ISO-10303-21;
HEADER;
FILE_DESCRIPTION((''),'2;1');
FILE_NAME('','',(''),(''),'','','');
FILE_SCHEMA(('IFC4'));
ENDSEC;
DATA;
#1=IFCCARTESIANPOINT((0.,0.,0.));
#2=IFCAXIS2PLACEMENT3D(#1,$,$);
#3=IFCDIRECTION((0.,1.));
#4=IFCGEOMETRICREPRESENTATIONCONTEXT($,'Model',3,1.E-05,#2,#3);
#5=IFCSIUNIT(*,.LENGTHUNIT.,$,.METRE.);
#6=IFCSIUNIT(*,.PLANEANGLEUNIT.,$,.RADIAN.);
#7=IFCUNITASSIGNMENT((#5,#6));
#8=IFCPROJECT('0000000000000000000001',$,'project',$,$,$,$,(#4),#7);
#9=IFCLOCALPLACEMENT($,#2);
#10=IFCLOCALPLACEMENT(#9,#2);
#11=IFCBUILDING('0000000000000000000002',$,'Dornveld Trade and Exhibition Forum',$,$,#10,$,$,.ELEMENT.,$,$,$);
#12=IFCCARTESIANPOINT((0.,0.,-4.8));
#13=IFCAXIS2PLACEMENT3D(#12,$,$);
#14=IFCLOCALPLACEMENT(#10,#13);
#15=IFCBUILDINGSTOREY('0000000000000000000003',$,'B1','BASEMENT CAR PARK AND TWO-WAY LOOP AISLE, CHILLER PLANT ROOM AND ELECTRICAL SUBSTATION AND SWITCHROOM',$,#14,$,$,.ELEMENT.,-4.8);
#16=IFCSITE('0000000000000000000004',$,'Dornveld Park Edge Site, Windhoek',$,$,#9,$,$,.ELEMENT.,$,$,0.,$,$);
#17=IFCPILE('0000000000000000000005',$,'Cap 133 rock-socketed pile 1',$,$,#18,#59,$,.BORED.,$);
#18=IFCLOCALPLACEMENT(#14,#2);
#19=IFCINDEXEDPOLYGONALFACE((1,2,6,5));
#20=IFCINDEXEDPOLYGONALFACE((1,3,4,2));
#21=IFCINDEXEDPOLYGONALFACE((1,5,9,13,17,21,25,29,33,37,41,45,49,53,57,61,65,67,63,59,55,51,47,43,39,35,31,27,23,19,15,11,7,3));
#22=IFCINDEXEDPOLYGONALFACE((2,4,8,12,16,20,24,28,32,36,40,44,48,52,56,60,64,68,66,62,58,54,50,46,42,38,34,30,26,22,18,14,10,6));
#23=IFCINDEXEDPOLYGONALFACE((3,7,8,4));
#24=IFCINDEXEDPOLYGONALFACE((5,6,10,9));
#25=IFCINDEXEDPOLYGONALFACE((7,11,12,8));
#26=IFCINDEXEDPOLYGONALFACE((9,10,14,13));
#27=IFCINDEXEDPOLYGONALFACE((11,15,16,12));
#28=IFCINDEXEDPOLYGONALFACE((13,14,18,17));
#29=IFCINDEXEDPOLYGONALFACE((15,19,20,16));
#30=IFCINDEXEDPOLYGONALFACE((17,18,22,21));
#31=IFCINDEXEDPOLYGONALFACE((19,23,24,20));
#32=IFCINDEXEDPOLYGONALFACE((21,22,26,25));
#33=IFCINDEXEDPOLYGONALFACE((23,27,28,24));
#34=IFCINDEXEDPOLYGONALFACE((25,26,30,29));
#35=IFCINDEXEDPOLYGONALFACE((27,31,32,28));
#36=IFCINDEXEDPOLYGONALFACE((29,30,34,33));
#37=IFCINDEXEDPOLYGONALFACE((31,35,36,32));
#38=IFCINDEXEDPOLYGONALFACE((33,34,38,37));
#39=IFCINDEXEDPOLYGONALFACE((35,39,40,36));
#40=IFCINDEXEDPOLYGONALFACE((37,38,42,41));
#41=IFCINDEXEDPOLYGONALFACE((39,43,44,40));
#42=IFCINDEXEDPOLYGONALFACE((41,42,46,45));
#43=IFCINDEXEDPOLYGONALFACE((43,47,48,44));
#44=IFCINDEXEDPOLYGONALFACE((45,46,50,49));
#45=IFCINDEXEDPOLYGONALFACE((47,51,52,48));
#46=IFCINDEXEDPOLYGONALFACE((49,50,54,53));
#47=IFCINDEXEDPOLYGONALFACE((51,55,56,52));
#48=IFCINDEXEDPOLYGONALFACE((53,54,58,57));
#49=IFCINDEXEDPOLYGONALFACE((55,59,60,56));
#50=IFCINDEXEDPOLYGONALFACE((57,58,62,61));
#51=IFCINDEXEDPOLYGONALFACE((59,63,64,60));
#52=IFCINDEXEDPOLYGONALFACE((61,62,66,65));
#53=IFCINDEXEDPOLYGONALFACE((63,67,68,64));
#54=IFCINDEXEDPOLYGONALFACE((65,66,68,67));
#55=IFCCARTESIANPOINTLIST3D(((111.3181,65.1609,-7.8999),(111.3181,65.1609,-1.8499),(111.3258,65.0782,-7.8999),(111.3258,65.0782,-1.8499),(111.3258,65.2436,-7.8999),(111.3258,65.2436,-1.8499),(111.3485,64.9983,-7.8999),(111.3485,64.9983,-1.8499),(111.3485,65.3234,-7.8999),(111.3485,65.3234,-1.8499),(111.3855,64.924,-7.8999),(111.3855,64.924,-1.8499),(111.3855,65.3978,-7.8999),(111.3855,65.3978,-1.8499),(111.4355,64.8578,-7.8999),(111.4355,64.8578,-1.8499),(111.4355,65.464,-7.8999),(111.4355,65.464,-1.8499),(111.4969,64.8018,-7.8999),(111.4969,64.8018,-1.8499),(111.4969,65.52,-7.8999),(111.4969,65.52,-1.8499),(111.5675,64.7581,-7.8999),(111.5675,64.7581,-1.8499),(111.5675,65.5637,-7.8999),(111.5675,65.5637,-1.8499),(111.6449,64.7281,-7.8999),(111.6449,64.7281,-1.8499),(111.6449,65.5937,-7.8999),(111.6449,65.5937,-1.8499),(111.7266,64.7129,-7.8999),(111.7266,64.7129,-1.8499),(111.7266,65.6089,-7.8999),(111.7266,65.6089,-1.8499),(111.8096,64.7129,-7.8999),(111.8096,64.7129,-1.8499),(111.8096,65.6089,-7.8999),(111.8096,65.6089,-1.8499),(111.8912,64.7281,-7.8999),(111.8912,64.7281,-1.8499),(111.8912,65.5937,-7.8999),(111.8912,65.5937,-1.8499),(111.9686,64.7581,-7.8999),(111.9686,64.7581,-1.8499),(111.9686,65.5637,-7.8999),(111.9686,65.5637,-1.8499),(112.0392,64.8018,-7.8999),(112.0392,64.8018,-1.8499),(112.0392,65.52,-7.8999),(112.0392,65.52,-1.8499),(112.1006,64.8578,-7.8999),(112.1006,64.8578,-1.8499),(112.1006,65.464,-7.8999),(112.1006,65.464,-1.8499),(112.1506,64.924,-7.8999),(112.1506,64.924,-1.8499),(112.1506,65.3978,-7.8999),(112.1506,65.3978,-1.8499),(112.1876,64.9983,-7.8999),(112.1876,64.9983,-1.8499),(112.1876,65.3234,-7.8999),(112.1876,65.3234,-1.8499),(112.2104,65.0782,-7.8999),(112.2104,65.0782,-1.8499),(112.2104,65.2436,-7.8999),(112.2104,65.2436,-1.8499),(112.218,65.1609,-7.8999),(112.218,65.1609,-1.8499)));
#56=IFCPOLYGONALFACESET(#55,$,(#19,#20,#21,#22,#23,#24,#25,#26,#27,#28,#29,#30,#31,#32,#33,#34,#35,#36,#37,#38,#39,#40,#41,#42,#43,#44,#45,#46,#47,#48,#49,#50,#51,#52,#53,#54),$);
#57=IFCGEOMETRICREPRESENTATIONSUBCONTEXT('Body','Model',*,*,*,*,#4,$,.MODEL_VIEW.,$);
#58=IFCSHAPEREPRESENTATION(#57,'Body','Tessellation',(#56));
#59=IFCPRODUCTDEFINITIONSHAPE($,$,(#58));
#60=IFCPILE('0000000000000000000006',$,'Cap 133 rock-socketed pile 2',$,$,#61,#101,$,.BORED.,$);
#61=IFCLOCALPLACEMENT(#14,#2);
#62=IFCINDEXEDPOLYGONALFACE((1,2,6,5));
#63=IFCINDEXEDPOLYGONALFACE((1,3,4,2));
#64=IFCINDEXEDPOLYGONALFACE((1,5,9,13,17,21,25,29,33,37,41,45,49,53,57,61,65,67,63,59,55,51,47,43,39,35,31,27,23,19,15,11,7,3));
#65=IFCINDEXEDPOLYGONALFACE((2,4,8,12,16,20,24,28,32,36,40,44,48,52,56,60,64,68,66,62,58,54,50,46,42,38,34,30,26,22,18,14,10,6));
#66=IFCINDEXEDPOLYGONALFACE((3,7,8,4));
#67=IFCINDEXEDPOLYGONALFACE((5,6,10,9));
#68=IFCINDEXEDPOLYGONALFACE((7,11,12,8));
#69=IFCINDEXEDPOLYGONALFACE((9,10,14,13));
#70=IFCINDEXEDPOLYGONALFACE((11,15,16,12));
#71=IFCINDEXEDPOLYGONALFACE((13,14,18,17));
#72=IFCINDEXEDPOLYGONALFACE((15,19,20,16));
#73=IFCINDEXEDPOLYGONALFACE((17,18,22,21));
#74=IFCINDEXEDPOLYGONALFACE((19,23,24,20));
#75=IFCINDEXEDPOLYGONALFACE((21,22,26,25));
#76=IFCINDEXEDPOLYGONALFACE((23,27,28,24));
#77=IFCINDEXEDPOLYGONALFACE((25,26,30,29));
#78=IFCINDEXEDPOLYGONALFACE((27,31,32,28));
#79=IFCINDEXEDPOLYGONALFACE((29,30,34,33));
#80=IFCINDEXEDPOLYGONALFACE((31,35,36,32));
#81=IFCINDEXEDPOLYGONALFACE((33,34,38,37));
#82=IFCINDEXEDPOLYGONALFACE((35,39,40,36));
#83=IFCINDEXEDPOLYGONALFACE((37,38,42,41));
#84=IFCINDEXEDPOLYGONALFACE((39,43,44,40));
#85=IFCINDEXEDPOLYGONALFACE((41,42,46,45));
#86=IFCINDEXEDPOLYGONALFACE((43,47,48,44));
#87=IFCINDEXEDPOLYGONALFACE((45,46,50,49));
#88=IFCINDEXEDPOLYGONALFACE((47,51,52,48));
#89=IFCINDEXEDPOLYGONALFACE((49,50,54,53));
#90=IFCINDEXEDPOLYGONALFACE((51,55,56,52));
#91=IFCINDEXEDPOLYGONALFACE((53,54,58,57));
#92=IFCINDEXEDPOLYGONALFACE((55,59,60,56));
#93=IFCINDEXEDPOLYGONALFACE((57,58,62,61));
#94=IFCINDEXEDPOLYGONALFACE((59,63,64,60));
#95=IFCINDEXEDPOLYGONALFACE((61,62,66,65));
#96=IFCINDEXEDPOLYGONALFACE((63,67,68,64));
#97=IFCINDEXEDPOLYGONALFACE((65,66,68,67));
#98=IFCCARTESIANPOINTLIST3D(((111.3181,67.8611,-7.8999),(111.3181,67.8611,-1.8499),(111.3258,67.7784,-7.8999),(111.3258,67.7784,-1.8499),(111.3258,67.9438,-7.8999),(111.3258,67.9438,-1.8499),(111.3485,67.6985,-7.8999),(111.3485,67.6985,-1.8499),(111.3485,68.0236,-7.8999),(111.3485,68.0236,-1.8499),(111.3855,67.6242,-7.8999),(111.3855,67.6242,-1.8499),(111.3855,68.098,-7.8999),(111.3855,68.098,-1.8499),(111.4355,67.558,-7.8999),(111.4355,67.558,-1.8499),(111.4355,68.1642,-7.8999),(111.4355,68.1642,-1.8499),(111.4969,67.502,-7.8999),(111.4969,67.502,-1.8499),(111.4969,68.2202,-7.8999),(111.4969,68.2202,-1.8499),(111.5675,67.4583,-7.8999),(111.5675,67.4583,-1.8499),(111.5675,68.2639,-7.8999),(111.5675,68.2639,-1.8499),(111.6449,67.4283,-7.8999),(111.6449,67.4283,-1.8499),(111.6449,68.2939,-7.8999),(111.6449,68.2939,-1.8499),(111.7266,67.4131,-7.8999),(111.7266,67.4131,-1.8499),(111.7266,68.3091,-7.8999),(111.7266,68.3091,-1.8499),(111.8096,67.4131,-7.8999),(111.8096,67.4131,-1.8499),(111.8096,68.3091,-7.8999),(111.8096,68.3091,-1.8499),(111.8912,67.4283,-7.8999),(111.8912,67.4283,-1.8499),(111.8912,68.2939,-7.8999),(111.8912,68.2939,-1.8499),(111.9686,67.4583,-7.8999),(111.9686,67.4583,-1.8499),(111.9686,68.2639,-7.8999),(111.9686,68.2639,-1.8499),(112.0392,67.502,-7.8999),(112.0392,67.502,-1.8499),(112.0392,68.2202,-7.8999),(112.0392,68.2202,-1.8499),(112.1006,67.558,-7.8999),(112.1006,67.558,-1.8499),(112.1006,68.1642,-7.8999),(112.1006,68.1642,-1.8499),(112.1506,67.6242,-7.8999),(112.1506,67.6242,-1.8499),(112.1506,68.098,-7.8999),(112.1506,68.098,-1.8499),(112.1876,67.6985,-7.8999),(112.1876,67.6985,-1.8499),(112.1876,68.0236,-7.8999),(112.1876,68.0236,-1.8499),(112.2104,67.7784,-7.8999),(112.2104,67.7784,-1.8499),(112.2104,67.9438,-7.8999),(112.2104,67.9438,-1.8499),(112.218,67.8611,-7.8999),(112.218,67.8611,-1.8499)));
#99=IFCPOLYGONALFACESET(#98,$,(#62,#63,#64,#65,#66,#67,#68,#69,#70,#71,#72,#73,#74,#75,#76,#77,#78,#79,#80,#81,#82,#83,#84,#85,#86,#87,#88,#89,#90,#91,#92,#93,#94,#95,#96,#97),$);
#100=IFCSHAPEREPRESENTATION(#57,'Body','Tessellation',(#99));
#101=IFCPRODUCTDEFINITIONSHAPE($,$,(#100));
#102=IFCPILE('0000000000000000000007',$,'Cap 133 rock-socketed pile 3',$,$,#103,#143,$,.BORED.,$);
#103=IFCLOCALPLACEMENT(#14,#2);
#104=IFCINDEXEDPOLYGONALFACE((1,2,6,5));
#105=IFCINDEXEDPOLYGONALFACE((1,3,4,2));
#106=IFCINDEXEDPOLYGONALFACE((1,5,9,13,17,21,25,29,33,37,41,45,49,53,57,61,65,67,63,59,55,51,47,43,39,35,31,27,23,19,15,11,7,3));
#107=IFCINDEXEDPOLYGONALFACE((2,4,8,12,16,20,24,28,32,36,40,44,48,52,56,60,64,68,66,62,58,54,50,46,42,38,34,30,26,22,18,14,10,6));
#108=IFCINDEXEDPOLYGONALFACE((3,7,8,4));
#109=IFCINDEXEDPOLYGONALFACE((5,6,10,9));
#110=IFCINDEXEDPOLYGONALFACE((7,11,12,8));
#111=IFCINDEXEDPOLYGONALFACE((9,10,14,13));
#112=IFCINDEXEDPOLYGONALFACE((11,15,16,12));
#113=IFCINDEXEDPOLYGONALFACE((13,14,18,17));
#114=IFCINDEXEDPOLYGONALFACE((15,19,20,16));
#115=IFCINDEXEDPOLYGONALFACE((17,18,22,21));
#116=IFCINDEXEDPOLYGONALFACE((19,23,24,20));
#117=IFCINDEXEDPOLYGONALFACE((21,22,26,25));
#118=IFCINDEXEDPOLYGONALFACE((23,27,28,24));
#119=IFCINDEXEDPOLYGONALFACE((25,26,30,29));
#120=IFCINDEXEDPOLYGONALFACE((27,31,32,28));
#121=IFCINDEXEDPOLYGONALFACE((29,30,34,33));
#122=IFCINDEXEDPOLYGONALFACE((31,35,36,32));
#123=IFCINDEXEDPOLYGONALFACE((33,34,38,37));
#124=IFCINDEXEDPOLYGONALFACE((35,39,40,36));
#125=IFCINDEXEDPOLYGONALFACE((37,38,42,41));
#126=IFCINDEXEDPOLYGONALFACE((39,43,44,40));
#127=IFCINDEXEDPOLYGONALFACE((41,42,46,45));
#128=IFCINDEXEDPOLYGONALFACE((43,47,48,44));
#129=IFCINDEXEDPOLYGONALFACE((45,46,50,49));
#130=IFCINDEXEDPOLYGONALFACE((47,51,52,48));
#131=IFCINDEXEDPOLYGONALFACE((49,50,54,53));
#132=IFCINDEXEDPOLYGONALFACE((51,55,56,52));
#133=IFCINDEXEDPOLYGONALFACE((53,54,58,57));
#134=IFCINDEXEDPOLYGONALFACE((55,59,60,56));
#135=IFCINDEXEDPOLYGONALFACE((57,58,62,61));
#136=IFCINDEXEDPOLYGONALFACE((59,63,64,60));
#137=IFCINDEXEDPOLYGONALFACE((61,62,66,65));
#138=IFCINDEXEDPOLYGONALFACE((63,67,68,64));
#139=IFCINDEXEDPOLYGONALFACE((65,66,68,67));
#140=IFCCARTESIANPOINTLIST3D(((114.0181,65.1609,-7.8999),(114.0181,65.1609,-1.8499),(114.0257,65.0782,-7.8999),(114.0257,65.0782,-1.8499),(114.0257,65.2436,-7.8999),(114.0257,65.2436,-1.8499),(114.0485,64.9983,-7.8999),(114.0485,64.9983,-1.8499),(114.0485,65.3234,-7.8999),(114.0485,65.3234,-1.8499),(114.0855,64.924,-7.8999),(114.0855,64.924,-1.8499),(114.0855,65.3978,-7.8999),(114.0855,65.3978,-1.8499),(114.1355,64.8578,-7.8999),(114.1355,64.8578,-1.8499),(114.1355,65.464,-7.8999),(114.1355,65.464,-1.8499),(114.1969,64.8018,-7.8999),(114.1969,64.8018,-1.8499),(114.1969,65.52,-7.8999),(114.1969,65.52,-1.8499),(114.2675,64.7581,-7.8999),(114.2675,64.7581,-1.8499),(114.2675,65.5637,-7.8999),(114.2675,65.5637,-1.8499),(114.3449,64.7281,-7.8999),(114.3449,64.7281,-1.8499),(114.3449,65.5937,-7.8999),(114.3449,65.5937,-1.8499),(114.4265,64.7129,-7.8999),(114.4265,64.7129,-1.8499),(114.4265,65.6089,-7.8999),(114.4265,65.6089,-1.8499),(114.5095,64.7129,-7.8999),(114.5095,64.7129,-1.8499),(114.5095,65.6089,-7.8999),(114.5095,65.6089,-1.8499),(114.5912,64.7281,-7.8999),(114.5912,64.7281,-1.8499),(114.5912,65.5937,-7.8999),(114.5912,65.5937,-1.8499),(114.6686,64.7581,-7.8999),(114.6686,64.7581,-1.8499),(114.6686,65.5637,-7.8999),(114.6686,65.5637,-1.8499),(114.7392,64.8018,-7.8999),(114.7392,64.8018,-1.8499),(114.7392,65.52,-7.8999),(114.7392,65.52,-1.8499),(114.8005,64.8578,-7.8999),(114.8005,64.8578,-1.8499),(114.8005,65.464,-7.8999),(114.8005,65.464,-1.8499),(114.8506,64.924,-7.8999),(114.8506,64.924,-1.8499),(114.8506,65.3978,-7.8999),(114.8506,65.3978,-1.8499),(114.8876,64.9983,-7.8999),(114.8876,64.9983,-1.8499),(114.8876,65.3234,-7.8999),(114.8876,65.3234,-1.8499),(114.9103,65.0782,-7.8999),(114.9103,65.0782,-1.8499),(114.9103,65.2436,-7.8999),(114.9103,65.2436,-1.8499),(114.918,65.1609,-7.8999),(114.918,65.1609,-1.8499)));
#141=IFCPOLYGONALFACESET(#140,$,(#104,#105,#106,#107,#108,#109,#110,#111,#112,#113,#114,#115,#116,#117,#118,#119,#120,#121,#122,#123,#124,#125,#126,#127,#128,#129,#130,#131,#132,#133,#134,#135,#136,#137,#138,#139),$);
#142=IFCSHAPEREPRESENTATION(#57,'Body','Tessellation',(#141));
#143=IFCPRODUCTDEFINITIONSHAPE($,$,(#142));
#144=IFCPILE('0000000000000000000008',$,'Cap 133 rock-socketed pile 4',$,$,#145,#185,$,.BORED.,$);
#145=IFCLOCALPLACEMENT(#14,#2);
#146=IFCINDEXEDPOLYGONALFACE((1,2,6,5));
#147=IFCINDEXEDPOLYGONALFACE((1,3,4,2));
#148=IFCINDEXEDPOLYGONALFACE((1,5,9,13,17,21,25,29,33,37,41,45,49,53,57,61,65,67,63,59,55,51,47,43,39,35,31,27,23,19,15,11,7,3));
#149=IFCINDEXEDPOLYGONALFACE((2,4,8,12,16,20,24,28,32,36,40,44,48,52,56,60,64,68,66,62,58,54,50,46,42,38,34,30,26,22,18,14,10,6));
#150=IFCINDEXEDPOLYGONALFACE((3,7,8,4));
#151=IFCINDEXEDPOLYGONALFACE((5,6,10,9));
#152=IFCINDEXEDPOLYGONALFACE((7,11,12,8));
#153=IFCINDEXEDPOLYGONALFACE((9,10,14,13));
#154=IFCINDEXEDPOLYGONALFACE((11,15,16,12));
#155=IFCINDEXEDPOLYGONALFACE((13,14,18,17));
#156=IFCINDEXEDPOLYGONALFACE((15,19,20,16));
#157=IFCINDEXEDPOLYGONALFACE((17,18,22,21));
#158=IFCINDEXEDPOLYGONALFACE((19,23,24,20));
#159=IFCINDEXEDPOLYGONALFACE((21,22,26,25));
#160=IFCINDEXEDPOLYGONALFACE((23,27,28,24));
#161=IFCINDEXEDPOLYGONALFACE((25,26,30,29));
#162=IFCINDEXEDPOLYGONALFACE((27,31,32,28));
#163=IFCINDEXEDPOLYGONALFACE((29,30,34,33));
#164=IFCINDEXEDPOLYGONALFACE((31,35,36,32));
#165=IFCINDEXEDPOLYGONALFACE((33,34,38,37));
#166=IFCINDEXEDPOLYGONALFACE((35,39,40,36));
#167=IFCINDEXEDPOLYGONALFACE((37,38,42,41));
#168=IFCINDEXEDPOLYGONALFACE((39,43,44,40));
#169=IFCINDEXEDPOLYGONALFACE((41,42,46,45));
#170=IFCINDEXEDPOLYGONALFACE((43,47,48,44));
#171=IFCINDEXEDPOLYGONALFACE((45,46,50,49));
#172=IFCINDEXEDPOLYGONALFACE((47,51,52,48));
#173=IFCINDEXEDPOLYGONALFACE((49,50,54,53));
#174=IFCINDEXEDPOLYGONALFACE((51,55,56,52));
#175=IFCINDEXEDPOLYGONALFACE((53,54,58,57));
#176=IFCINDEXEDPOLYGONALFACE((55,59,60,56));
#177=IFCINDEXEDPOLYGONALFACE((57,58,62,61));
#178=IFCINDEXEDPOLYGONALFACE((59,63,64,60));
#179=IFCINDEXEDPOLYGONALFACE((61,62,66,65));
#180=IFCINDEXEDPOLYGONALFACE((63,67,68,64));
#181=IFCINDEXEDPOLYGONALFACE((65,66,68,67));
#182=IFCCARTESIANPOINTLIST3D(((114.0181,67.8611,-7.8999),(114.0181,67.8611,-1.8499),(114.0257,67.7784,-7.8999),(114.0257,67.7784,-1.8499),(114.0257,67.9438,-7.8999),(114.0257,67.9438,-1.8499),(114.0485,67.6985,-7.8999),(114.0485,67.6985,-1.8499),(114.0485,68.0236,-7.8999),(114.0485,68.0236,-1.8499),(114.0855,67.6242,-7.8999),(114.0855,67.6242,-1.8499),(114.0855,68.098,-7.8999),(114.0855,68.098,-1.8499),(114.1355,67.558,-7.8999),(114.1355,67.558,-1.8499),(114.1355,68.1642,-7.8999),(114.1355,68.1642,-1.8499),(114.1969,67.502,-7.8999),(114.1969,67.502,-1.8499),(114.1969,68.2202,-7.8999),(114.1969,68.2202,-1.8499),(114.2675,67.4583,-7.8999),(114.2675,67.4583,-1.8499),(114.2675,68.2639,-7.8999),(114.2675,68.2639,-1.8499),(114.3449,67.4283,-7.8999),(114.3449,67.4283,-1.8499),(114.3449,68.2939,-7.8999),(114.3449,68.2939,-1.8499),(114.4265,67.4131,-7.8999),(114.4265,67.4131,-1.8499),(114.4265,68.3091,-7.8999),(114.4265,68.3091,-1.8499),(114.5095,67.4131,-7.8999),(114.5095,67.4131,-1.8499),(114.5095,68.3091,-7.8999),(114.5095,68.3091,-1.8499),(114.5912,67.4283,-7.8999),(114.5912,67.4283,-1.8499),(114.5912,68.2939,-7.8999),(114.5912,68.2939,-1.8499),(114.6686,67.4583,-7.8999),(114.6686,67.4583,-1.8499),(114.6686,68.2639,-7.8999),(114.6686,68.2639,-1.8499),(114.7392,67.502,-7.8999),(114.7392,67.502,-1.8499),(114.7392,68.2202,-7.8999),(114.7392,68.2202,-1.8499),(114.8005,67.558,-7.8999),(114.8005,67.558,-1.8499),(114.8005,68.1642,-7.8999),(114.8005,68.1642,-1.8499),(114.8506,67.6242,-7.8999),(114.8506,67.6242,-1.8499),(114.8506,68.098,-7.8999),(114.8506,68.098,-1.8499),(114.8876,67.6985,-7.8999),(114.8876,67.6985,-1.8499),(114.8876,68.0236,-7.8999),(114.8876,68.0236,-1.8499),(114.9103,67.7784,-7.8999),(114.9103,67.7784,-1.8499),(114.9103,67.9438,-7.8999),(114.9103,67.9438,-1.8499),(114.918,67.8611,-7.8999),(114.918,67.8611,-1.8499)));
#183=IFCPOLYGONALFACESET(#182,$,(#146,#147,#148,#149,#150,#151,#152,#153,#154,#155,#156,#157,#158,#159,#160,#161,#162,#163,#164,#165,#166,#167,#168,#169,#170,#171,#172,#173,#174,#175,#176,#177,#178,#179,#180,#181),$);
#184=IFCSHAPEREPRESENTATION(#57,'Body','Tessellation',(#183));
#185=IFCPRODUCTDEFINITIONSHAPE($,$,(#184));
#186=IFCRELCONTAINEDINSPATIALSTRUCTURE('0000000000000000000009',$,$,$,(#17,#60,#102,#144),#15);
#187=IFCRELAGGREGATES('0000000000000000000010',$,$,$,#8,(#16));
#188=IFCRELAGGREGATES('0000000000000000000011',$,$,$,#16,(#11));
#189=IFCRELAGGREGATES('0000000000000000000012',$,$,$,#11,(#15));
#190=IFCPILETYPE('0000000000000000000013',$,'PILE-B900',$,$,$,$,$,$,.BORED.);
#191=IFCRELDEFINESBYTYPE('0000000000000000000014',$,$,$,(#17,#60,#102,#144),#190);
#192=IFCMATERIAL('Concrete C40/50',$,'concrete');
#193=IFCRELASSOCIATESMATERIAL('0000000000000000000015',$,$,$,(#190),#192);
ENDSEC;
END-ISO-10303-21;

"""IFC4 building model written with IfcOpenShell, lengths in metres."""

from ifc_helpers import new_model, si_unit, direction, frame, origin, origin_2d, place, context, subcontext, project, spatial, circle, extrude, material, material_profile, profile_set, type_object, element, save


model = new_model("IFC4")

# Units and contexts
model_context = context("Model", 3, precision=1e-05, world=origin(), true_north=direction((0.0, 1.0)))
body_context = subcontext(model_context, "Body", "Model", "MODEL_VIEW")
ifc_project = project(units=[si_unit("LENGTHUNIT", "METRE"), si_unit("PLANEANGLEUNIT", "RADIAN")], contexts=[model_context])

# Site, building, storey
site_placement = place(None, origin())
site = spatial("IfcSite", under=ifc_project, at=site_placement, Name="Dornveld Park Edge Site, Windhoek", CompositionType="ELEMENT", RefElevation=0.0)
building_placement = place(site_placement, origin())
building = spatial("IfcBuilding", under=site, at=building_placement, Name="Dornveld Trade and Exhibition Forum", CompositionType="ELEMENT")
storey_placement = place(building_placement, frame((0.0, 0.0, -4.8)))
storey = spatial("IfcBuildingStorey", under=building, at=storey_placement, Name="B1", Description="BASEMENT CAR PARK AND TWO-WAY LOOP AISLE, CHILLER PLANT ROOM AND ELECTRICAL SUBSTATION AND SWITCHROOM", CompositionType="ELEMENT", Elevation=-4.8)

# Piles
ifc_material_1 = material(Name="Concrete C40/50", Category="concrete")
ifc_material_profile_1 = material_profile(ifc_material_1, circle(Radius=0.45, at=origin_2d()), Name="PILE D900")
ifc_profile_set_1 = profile_set([ifc_material_profile_1], Name="Concrete C40/50")
pile_type = type_object("IfcPileType", Name="PILE-B900", PredefinedType="BORED", material=ifc_profile_set_1)
for number, where, z_axis, x_axis, name in (
    (1, (111.7681, 65.1609, -1.8499), (0.0, 0.0, -1.0), (1.0, 0.0, 0.0), "Cap 133 rock-socketed pile 1"),
    (2, (111.7681, 67.8611, -1.8499), (0.0, 0.0, -1.0), (1.0, 0.0, 0.0), "Cap 133 rock-socketed pile 2"),
    (3, (114.468, 65.1609, -1.8499), (0.0, 0.0, -1.0), (1.0, 0.0, 0.0), "Cap 133 rock-socketed pile 3"),
    (4, (114.468, 67.8611, -1.8499), (0.0, 0.0, -1.0), (1.0, 0.0, 0.0), "Cap 133 rock-socketed pile 4"),
):
    element("IfcPile", number, at=place(storey_placement, frame(where, z_axis=z_axis, x_axis=x_axis)), inside=storey, type_object=pile_type, Name=name, PredefinedType="BORED", context=body_context, shape_type="SweptSolid", body=[
        extrude(circle(Radius=0.45, at=origin_2d()), origin(), (0.0, 0.0, 1.0), 6.05),
    ])

save(model, "model.ifc")
